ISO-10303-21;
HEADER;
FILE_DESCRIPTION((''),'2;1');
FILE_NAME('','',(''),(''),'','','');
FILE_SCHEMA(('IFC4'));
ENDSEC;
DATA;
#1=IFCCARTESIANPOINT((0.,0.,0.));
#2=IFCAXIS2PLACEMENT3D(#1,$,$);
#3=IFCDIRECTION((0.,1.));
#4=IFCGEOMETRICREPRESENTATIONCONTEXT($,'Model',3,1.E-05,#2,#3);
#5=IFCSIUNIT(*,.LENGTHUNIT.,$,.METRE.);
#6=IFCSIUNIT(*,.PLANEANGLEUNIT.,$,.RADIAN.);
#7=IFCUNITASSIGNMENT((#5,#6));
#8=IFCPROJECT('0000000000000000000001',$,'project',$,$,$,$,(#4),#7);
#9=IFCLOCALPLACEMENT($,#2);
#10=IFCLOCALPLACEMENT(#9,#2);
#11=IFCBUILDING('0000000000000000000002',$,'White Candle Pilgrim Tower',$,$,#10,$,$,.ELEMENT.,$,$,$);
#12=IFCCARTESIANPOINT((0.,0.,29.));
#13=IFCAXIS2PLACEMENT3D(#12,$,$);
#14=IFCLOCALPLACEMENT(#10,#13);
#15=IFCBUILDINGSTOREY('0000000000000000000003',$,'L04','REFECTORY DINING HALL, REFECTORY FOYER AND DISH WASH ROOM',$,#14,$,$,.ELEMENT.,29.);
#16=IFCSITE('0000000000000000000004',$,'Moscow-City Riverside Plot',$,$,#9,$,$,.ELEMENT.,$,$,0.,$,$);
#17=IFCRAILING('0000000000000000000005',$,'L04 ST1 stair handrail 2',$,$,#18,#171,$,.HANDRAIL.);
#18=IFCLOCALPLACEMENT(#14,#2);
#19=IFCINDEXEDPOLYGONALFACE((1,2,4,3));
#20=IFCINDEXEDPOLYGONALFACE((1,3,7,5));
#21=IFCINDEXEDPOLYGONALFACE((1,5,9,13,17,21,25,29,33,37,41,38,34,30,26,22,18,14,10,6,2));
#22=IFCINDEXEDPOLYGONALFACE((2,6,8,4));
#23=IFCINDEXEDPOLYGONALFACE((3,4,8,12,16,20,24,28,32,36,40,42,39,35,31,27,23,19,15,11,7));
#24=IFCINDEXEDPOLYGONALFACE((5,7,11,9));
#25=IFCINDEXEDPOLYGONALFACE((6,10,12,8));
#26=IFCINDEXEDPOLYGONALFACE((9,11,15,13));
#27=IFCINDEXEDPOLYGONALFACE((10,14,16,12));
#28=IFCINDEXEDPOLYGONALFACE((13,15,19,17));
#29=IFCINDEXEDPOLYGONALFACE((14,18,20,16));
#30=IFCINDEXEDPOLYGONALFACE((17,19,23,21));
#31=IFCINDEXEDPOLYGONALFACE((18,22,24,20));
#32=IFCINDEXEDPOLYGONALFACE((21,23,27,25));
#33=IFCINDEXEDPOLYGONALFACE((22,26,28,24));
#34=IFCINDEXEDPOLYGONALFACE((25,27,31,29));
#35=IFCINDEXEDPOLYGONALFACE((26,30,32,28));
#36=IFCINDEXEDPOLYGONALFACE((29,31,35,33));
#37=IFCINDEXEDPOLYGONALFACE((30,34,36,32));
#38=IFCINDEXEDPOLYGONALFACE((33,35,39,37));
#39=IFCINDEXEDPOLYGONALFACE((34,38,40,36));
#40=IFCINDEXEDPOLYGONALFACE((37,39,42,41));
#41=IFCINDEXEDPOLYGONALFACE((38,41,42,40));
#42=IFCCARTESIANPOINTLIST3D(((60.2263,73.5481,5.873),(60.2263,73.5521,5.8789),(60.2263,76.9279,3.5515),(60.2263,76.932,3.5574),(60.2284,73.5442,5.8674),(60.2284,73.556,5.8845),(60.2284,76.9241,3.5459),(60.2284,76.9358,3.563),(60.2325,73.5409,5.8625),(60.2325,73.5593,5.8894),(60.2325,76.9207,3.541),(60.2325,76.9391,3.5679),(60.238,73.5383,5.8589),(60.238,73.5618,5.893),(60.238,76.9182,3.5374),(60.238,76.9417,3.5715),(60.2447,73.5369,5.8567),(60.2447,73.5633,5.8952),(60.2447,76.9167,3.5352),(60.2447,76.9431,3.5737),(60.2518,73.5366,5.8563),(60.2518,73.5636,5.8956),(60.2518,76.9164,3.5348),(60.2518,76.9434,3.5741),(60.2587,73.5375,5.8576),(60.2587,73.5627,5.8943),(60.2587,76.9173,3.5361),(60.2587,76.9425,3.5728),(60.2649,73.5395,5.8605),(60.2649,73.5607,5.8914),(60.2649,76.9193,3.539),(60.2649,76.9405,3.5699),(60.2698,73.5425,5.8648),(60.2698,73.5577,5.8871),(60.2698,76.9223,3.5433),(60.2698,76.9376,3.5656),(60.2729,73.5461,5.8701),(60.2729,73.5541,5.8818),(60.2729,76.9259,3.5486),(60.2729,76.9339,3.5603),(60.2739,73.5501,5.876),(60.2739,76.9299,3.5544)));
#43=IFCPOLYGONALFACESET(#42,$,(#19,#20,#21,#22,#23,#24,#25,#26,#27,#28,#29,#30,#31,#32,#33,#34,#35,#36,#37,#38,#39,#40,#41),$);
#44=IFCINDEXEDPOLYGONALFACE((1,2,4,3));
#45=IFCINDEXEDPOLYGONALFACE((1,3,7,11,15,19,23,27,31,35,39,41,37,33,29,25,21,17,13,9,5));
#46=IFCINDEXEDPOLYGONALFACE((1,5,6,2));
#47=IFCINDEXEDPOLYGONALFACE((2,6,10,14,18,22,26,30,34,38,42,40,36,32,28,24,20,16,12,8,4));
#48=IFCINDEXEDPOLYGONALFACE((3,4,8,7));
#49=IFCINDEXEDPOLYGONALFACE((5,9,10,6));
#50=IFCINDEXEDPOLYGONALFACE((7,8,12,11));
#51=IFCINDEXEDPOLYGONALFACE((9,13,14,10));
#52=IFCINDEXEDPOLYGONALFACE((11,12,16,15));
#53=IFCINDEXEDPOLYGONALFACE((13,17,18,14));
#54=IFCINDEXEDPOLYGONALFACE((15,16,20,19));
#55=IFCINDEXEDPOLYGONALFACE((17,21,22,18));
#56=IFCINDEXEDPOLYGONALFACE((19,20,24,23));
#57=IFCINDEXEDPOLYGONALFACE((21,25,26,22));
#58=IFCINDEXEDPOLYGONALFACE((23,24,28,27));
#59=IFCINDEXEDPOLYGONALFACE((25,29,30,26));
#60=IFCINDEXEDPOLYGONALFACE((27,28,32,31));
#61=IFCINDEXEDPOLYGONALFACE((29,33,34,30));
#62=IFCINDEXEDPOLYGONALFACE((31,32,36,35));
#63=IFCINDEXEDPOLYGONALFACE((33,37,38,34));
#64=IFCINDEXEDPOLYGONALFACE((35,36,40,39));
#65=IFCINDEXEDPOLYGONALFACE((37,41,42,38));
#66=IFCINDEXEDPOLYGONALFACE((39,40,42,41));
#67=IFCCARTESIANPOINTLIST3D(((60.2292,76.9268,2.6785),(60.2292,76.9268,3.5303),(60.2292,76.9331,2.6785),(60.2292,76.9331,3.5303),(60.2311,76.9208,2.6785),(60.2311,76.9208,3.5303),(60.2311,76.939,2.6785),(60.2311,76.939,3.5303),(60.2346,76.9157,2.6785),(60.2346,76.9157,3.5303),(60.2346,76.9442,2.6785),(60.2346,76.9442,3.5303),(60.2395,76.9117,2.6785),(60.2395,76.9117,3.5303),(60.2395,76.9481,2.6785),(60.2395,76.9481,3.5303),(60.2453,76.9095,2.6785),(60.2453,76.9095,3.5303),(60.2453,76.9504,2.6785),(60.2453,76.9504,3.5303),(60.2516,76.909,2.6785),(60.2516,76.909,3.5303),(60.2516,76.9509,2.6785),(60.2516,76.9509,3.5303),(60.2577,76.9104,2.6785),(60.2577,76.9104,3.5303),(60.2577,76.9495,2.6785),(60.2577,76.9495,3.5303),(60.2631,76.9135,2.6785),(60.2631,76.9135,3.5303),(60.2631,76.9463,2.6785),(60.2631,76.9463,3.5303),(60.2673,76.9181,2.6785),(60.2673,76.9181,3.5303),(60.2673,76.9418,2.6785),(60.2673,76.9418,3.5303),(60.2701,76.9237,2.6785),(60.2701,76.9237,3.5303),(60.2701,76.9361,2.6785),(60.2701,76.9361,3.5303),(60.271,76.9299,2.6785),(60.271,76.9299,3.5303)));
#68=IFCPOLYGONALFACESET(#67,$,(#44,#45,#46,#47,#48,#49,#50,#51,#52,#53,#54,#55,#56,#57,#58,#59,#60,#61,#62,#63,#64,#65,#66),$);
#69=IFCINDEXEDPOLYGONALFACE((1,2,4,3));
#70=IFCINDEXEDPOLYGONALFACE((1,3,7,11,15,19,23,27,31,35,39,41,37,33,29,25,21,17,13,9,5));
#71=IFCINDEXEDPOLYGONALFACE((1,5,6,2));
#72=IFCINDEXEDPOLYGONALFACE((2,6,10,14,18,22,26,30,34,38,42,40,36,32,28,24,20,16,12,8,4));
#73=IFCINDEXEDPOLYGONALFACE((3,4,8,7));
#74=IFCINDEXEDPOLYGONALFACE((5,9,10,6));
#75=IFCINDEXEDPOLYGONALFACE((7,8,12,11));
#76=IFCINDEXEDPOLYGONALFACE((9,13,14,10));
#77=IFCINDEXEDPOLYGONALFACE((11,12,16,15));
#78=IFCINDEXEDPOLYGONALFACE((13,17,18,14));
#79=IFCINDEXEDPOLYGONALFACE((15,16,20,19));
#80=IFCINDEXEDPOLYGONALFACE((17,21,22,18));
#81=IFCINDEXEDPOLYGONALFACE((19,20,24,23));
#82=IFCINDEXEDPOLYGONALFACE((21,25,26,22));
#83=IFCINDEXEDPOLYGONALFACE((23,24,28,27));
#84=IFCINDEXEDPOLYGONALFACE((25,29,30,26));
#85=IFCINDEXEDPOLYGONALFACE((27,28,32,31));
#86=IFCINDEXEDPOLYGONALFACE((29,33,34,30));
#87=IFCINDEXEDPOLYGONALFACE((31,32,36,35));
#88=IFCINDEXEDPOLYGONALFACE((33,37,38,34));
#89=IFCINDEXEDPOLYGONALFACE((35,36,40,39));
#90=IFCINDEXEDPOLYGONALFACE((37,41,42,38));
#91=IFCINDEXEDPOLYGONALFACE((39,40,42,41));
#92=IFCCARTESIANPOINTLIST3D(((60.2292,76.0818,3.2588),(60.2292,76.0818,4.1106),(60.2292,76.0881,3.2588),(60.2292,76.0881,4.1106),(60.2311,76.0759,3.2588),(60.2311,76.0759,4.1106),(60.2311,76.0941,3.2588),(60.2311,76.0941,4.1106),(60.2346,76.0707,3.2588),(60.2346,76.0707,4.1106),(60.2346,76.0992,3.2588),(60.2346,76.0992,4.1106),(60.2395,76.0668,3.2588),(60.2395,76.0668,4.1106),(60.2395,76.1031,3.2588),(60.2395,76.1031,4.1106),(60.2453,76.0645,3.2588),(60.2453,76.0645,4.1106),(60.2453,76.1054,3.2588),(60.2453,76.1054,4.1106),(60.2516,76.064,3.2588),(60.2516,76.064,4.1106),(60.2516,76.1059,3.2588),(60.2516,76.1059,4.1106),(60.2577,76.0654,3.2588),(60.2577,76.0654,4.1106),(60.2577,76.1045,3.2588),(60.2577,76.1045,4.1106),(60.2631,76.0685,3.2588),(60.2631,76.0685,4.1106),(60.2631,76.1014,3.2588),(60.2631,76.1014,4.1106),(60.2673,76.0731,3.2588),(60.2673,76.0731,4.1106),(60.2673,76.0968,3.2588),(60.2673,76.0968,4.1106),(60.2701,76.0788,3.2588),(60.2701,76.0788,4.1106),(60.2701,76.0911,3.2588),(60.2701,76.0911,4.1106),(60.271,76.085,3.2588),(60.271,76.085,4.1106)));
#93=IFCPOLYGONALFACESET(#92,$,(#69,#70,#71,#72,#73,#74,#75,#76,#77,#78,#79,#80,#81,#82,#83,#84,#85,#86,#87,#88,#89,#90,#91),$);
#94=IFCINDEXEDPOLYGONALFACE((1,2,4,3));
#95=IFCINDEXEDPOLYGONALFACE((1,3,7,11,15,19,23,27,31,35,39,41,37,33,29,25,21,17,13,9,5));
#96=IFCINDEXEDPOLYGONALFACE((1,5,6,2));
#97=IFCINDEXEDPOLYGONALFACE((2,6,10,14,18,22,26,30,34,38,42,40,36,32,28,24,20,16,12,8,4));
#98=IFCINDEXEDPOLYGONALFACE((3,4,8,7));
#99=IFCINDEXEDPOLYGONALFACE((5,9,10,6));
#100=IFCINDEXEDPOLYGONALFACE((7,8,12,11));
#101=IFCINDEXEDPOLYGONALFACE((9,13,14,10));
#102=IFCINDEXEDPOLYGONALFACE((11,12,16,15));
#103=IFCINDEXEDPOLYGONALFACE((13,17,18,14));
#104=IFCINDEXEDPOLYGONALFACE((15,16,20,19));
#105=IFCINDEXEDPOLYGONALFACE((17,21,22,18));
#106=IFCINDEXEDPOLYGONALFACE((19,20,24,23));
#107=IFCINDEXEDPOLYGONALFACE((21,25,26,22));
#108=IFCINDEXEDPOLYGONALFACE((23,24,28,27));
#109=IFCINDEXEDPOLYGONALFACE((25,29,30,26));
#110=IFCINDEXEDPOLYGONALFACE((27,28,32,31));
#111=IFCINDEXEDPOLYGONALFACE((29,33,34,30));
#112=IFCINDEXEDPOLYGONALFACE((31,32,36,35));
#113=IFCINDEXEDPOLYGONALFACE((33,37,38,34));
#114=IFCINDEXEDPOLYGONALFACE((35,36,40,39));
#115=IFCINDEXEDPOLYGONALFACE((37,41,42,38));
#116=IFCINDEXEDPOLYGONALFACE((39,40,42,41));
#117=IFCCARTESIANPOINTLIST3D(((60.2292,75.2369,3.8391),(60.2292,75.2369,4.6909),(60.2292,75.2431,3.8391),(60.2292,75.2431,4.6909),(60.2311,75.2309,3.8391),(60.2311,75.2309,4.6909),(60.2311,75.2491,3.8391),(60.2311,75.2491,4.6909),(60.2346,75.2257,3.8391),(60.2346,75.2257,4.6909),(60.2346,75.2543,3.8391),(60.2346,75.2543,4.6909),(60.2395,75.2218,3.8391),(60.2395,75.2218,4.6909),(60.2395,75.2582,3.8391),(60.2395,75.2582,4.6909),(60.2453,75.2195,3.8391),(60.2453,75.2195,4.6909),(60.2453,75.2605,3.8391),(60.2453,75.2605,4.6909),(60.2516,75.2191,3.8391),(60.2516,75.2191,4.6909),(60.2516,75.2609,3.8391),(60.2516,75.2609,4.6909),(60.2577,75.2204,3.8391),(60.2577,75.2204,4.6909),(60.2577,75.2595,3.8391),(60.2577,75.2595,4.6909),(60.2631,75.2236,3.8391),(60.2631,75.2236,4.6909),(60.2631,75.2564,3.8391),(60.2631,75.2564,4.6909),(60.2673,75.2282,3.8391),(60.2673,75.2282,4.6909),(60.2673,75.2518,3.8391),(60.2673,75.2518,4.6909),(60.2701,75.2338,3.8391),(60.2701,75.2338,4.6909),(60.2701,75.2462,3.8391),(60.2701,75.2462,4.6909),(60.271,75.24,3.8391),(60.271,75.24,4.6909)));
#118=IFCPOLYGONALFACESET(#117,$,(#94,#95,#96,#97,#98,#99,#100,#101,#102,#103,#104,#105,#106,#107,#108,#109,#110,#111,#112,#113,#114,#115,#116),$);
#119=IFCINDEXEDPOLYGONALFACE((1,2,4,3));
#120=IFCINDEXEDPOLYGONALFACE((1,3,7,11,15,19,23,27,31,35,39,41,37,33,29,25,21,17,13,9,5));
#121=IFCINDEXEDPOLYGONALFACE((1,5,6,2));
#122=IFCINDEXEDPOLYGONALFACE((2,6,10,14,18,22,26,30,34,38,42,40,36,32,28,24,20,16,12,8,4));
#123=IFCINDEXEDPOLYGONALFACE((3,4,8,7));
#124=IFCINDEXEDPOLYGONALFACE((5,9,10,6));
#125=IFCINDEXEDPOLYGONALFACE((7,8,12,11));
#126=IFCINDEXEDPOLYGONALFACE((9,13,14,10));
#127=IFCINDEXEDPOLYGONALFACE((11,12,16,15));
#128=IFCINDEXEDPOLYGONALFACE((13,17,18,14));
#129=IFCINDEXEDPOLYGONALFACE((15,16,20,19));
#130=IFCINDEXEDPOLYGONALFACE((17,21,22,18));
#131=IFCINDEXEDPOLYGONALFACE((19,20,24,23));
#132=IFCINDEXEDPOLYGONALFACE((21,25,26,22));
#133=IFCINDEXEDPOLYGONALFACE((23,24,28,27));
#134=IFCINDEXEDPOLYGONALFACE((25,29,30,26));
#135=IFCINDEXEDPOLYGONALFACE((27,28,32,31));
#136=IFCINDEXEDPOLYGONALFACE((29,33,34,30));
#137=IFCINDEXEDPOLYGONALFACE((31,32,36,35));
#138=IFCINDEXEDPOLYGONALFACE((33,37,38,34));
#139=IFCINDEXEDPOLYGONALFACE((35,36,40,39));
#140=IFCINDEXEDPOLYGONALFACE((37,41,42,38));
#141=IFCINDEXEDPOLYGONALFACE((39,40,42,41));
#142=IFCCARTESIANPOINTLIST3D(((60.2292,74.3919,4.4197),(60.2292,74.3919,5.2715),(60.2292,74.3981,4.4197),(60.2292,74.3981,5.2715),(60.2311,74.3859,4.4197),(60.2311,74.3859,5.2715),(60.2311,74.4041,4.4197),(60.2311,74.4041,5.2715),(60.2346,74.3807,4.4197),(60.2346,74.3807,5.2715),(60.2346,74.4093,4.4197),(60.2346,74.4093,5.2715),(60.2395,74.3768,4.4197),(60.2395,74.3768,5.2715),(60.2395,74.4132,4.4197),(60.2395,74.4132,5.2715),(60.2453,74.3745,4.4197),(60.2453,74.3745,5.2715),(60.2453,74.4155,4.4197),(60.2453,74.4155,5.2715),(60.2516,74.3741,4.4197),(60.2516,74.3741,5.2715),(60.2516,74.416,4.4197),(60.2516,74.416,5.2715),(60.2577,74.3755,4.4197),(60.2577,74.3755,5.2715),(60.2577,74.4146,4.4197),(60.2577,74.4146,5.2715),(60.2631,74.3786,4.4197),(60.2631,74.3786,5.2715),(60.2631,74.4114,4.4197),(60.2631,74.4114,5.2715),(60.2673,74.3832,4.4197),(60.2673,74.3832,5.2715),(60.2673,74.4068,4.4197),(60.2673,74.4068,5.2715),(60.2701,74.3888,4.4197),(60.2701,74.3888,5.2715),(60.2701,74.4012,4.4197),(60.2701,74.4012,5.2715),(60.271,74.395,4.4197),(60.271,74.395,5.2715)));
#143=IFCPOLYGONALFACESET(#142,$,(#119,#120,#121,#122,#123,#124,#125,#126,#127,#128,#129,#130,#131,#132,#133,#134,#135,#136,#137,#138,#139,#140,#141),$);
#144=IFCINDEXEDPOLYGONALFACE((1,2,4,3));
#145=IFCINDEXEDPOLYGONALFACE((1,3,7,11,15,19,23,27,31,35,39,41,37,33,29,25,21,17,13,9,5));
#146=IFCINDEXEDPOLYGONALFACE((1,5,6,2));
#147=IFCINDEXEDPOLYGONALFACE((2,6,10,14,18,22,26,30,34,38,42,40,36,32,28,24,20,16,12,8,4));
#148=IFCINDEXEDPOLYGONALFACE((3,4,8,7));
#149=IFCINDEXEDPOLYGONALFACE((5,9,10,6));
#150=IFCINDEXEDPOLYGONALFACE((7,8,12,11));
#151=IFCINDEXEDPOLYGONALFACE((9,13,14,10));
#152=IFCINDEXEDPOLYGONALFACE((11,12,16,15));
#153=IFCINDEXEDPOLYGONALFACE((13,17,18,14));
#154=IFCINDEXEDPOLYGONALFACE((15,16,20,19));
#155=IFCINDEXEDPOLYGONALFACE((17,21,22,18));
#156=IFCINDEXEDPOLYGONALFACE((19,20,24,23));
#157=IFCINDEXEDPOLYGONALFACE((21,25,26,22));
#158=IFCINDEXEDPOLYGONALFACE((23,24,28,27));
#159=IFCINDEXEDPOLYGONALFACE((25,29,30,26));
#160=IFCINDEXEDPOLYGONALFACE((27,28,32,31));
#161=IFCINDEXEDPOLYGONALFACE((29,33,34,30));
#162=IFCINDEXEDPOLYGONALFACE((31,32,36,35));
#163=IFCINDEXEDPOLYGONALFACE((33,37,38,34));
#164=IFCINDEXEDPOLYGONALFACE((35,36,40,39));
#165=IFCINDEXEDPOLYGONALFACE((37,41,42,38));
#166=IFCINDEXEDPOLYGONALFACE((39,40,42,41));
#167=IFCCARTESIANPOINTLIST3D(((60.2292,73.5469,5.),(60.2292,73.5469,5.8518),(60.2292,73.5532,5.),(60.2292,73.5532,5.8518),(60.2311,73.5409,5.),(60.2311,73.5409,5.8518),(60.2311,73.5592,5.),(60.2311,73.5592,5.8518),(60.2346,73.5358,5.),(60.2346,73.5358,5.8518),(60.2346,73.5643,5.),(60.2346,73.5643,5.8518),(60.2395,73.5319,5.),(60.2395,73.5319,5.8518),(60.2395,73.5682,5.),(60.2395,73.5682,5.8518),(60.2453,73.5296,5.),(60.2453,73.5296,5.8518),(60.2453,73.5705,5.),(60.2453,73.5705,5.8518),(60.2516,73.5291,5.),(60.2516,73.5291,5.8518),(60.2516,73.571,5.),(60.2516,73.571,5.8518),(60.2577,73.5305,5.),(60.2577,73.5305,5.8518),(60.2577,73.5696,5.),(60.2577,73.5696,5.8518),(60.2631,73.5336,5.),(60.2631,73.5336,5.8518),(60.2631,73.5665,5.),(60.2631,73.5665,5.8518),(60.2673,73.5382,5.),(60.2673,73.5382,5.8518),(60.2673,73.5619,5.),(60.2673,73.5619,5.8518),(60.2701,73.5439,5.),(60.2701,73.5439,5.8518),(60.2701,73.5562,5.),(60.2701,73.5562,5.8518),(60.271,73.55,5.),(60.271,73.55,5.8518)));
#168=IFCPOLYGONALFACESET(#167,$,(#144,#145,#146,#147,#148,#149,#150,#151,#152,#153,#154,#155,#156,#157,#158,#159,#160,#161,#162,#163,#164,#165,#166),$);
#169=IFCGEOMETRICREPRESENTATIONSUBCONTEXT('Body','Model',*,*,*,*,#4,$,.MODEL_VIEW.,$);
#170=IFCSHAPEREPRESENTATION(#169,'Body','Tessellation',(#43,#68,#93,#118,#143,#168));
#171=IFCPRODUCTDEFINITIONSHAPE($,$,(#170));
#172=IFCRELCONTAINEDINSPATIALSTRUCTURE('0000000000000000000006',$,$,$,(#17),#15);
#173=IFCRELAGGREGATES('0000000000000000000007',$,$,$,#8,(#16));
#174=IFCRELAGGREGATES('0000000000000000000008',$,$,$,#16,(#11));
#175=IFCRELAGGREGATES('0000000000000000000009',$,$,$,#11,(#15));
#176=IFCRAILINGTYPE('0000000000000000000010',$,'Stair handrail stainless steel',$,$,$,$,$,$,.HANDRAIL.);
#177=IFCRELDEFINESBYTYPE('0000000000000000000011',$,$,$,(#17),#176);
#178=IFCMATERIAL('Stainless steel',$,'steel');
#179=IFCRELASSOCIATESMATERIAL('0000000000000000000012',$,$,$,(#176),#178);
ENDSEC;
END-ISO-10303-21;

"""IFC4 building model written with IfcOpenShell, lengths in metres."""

from ifc_helpers import new_model, si_unit, direction, frame, origin, origin_2d, place, context, subcontext, project, spatial, circle, extrude, material, type_object, element, save


model = new_model("IFC4")

# Units and contexts
model_context = context("Model", 3, precision=1e-05, world=origin(), true_north=direction((0.0, 1.0)))
body_context = subcontext(model_context, "Body", "Model", "MODEL_VIEW")
ifc_project = project(units=[si_unit("LENGTHUNIT", "METRE"), si_unit("PLANEANGLEUNIT", "RADIAN")], contexts=[model_context])

# Site, building, storey
site_placement = place(None, origin())
site = spatial("IfcSite", under=ifc_project, at=site_placement, Name="Moscow-City Riverside Plot", CompositionType="ELEMENT", RefElevation=0.0)
building_placement = place(site_placement, origin())
building = spatial("IfcBuilding", under=site, at=building_placement, Name="White Candle Pilgrim Tower", CompositionType="ELEMENT")
storey_placement = place(building_placement, frame((0.0, 0.0, 29.0)))
storey = spatial("IfcBuildingStorey", under=building, at=storey_placement, Name="L04", Description="REFECTORY DINING HALL, REFECTORY FOYER AND DISH WASH ROOM", CompositionType="ELEMENT", Elevation=29.0)

# Railing
ifc_material_1 = material(Name="Stainless steel", Category="steel")
railing_type_1 = type_object("IfcRailingType", Name="Stair handrail stainless steel", PredefinedType="HANDRAIL", material=ifc_material_1)
railing_1_placement = place(storey_placement, frame((60.25, 76.9299, 2.6785)))
element("IfcRailing", 1, at=railing_1_placement, inside=storey, type_object=railing_type_1, Name="L04 ST1 stair handrail 2", PredefinedType="HANDRAIL", context=body_context, shape_type="SweptSolid", body=[
    extrude(circle(Radius=0.0239, at=origin_2d()), frame((0.0, 0.0, 0.876), z_axis=(0.0, -0.824285, 0.566175), x_axis=(1.0, 0.0, 0.0)), (0.0, 0.0, 1.0), 4.1003),
    extrude(circle(Radius=0.021, at=origin_2d()), origin(), (0.0, 0.0, 1.0), 0.8518),
    extrude(circle(Radius=0.021, at=origin_2d()), frame((0.0, -0.845, 0.5803)), (0.0, 0.0, 1.0), 0.8518),
    extrude(circle(Radius=0.021, at=origin_2d()), frame((0.0, -1.6899, 1.1606)), (0.0, 0.0, 1.0), 0.8518),
    extrude(circle(Radius=0.021, at=origin_2d()), frame((0.0, -2.5349, 1.7412)), (0.0, 0.0, 1.0), 0.8518),
    extrude(circle(Radius=0.021, at=origin_2d()), frame((0.0, -3.3799, 2.3215)), (0.0, 0.0, 1.0), 0.8518),
])

save(model, "model.ifc")
